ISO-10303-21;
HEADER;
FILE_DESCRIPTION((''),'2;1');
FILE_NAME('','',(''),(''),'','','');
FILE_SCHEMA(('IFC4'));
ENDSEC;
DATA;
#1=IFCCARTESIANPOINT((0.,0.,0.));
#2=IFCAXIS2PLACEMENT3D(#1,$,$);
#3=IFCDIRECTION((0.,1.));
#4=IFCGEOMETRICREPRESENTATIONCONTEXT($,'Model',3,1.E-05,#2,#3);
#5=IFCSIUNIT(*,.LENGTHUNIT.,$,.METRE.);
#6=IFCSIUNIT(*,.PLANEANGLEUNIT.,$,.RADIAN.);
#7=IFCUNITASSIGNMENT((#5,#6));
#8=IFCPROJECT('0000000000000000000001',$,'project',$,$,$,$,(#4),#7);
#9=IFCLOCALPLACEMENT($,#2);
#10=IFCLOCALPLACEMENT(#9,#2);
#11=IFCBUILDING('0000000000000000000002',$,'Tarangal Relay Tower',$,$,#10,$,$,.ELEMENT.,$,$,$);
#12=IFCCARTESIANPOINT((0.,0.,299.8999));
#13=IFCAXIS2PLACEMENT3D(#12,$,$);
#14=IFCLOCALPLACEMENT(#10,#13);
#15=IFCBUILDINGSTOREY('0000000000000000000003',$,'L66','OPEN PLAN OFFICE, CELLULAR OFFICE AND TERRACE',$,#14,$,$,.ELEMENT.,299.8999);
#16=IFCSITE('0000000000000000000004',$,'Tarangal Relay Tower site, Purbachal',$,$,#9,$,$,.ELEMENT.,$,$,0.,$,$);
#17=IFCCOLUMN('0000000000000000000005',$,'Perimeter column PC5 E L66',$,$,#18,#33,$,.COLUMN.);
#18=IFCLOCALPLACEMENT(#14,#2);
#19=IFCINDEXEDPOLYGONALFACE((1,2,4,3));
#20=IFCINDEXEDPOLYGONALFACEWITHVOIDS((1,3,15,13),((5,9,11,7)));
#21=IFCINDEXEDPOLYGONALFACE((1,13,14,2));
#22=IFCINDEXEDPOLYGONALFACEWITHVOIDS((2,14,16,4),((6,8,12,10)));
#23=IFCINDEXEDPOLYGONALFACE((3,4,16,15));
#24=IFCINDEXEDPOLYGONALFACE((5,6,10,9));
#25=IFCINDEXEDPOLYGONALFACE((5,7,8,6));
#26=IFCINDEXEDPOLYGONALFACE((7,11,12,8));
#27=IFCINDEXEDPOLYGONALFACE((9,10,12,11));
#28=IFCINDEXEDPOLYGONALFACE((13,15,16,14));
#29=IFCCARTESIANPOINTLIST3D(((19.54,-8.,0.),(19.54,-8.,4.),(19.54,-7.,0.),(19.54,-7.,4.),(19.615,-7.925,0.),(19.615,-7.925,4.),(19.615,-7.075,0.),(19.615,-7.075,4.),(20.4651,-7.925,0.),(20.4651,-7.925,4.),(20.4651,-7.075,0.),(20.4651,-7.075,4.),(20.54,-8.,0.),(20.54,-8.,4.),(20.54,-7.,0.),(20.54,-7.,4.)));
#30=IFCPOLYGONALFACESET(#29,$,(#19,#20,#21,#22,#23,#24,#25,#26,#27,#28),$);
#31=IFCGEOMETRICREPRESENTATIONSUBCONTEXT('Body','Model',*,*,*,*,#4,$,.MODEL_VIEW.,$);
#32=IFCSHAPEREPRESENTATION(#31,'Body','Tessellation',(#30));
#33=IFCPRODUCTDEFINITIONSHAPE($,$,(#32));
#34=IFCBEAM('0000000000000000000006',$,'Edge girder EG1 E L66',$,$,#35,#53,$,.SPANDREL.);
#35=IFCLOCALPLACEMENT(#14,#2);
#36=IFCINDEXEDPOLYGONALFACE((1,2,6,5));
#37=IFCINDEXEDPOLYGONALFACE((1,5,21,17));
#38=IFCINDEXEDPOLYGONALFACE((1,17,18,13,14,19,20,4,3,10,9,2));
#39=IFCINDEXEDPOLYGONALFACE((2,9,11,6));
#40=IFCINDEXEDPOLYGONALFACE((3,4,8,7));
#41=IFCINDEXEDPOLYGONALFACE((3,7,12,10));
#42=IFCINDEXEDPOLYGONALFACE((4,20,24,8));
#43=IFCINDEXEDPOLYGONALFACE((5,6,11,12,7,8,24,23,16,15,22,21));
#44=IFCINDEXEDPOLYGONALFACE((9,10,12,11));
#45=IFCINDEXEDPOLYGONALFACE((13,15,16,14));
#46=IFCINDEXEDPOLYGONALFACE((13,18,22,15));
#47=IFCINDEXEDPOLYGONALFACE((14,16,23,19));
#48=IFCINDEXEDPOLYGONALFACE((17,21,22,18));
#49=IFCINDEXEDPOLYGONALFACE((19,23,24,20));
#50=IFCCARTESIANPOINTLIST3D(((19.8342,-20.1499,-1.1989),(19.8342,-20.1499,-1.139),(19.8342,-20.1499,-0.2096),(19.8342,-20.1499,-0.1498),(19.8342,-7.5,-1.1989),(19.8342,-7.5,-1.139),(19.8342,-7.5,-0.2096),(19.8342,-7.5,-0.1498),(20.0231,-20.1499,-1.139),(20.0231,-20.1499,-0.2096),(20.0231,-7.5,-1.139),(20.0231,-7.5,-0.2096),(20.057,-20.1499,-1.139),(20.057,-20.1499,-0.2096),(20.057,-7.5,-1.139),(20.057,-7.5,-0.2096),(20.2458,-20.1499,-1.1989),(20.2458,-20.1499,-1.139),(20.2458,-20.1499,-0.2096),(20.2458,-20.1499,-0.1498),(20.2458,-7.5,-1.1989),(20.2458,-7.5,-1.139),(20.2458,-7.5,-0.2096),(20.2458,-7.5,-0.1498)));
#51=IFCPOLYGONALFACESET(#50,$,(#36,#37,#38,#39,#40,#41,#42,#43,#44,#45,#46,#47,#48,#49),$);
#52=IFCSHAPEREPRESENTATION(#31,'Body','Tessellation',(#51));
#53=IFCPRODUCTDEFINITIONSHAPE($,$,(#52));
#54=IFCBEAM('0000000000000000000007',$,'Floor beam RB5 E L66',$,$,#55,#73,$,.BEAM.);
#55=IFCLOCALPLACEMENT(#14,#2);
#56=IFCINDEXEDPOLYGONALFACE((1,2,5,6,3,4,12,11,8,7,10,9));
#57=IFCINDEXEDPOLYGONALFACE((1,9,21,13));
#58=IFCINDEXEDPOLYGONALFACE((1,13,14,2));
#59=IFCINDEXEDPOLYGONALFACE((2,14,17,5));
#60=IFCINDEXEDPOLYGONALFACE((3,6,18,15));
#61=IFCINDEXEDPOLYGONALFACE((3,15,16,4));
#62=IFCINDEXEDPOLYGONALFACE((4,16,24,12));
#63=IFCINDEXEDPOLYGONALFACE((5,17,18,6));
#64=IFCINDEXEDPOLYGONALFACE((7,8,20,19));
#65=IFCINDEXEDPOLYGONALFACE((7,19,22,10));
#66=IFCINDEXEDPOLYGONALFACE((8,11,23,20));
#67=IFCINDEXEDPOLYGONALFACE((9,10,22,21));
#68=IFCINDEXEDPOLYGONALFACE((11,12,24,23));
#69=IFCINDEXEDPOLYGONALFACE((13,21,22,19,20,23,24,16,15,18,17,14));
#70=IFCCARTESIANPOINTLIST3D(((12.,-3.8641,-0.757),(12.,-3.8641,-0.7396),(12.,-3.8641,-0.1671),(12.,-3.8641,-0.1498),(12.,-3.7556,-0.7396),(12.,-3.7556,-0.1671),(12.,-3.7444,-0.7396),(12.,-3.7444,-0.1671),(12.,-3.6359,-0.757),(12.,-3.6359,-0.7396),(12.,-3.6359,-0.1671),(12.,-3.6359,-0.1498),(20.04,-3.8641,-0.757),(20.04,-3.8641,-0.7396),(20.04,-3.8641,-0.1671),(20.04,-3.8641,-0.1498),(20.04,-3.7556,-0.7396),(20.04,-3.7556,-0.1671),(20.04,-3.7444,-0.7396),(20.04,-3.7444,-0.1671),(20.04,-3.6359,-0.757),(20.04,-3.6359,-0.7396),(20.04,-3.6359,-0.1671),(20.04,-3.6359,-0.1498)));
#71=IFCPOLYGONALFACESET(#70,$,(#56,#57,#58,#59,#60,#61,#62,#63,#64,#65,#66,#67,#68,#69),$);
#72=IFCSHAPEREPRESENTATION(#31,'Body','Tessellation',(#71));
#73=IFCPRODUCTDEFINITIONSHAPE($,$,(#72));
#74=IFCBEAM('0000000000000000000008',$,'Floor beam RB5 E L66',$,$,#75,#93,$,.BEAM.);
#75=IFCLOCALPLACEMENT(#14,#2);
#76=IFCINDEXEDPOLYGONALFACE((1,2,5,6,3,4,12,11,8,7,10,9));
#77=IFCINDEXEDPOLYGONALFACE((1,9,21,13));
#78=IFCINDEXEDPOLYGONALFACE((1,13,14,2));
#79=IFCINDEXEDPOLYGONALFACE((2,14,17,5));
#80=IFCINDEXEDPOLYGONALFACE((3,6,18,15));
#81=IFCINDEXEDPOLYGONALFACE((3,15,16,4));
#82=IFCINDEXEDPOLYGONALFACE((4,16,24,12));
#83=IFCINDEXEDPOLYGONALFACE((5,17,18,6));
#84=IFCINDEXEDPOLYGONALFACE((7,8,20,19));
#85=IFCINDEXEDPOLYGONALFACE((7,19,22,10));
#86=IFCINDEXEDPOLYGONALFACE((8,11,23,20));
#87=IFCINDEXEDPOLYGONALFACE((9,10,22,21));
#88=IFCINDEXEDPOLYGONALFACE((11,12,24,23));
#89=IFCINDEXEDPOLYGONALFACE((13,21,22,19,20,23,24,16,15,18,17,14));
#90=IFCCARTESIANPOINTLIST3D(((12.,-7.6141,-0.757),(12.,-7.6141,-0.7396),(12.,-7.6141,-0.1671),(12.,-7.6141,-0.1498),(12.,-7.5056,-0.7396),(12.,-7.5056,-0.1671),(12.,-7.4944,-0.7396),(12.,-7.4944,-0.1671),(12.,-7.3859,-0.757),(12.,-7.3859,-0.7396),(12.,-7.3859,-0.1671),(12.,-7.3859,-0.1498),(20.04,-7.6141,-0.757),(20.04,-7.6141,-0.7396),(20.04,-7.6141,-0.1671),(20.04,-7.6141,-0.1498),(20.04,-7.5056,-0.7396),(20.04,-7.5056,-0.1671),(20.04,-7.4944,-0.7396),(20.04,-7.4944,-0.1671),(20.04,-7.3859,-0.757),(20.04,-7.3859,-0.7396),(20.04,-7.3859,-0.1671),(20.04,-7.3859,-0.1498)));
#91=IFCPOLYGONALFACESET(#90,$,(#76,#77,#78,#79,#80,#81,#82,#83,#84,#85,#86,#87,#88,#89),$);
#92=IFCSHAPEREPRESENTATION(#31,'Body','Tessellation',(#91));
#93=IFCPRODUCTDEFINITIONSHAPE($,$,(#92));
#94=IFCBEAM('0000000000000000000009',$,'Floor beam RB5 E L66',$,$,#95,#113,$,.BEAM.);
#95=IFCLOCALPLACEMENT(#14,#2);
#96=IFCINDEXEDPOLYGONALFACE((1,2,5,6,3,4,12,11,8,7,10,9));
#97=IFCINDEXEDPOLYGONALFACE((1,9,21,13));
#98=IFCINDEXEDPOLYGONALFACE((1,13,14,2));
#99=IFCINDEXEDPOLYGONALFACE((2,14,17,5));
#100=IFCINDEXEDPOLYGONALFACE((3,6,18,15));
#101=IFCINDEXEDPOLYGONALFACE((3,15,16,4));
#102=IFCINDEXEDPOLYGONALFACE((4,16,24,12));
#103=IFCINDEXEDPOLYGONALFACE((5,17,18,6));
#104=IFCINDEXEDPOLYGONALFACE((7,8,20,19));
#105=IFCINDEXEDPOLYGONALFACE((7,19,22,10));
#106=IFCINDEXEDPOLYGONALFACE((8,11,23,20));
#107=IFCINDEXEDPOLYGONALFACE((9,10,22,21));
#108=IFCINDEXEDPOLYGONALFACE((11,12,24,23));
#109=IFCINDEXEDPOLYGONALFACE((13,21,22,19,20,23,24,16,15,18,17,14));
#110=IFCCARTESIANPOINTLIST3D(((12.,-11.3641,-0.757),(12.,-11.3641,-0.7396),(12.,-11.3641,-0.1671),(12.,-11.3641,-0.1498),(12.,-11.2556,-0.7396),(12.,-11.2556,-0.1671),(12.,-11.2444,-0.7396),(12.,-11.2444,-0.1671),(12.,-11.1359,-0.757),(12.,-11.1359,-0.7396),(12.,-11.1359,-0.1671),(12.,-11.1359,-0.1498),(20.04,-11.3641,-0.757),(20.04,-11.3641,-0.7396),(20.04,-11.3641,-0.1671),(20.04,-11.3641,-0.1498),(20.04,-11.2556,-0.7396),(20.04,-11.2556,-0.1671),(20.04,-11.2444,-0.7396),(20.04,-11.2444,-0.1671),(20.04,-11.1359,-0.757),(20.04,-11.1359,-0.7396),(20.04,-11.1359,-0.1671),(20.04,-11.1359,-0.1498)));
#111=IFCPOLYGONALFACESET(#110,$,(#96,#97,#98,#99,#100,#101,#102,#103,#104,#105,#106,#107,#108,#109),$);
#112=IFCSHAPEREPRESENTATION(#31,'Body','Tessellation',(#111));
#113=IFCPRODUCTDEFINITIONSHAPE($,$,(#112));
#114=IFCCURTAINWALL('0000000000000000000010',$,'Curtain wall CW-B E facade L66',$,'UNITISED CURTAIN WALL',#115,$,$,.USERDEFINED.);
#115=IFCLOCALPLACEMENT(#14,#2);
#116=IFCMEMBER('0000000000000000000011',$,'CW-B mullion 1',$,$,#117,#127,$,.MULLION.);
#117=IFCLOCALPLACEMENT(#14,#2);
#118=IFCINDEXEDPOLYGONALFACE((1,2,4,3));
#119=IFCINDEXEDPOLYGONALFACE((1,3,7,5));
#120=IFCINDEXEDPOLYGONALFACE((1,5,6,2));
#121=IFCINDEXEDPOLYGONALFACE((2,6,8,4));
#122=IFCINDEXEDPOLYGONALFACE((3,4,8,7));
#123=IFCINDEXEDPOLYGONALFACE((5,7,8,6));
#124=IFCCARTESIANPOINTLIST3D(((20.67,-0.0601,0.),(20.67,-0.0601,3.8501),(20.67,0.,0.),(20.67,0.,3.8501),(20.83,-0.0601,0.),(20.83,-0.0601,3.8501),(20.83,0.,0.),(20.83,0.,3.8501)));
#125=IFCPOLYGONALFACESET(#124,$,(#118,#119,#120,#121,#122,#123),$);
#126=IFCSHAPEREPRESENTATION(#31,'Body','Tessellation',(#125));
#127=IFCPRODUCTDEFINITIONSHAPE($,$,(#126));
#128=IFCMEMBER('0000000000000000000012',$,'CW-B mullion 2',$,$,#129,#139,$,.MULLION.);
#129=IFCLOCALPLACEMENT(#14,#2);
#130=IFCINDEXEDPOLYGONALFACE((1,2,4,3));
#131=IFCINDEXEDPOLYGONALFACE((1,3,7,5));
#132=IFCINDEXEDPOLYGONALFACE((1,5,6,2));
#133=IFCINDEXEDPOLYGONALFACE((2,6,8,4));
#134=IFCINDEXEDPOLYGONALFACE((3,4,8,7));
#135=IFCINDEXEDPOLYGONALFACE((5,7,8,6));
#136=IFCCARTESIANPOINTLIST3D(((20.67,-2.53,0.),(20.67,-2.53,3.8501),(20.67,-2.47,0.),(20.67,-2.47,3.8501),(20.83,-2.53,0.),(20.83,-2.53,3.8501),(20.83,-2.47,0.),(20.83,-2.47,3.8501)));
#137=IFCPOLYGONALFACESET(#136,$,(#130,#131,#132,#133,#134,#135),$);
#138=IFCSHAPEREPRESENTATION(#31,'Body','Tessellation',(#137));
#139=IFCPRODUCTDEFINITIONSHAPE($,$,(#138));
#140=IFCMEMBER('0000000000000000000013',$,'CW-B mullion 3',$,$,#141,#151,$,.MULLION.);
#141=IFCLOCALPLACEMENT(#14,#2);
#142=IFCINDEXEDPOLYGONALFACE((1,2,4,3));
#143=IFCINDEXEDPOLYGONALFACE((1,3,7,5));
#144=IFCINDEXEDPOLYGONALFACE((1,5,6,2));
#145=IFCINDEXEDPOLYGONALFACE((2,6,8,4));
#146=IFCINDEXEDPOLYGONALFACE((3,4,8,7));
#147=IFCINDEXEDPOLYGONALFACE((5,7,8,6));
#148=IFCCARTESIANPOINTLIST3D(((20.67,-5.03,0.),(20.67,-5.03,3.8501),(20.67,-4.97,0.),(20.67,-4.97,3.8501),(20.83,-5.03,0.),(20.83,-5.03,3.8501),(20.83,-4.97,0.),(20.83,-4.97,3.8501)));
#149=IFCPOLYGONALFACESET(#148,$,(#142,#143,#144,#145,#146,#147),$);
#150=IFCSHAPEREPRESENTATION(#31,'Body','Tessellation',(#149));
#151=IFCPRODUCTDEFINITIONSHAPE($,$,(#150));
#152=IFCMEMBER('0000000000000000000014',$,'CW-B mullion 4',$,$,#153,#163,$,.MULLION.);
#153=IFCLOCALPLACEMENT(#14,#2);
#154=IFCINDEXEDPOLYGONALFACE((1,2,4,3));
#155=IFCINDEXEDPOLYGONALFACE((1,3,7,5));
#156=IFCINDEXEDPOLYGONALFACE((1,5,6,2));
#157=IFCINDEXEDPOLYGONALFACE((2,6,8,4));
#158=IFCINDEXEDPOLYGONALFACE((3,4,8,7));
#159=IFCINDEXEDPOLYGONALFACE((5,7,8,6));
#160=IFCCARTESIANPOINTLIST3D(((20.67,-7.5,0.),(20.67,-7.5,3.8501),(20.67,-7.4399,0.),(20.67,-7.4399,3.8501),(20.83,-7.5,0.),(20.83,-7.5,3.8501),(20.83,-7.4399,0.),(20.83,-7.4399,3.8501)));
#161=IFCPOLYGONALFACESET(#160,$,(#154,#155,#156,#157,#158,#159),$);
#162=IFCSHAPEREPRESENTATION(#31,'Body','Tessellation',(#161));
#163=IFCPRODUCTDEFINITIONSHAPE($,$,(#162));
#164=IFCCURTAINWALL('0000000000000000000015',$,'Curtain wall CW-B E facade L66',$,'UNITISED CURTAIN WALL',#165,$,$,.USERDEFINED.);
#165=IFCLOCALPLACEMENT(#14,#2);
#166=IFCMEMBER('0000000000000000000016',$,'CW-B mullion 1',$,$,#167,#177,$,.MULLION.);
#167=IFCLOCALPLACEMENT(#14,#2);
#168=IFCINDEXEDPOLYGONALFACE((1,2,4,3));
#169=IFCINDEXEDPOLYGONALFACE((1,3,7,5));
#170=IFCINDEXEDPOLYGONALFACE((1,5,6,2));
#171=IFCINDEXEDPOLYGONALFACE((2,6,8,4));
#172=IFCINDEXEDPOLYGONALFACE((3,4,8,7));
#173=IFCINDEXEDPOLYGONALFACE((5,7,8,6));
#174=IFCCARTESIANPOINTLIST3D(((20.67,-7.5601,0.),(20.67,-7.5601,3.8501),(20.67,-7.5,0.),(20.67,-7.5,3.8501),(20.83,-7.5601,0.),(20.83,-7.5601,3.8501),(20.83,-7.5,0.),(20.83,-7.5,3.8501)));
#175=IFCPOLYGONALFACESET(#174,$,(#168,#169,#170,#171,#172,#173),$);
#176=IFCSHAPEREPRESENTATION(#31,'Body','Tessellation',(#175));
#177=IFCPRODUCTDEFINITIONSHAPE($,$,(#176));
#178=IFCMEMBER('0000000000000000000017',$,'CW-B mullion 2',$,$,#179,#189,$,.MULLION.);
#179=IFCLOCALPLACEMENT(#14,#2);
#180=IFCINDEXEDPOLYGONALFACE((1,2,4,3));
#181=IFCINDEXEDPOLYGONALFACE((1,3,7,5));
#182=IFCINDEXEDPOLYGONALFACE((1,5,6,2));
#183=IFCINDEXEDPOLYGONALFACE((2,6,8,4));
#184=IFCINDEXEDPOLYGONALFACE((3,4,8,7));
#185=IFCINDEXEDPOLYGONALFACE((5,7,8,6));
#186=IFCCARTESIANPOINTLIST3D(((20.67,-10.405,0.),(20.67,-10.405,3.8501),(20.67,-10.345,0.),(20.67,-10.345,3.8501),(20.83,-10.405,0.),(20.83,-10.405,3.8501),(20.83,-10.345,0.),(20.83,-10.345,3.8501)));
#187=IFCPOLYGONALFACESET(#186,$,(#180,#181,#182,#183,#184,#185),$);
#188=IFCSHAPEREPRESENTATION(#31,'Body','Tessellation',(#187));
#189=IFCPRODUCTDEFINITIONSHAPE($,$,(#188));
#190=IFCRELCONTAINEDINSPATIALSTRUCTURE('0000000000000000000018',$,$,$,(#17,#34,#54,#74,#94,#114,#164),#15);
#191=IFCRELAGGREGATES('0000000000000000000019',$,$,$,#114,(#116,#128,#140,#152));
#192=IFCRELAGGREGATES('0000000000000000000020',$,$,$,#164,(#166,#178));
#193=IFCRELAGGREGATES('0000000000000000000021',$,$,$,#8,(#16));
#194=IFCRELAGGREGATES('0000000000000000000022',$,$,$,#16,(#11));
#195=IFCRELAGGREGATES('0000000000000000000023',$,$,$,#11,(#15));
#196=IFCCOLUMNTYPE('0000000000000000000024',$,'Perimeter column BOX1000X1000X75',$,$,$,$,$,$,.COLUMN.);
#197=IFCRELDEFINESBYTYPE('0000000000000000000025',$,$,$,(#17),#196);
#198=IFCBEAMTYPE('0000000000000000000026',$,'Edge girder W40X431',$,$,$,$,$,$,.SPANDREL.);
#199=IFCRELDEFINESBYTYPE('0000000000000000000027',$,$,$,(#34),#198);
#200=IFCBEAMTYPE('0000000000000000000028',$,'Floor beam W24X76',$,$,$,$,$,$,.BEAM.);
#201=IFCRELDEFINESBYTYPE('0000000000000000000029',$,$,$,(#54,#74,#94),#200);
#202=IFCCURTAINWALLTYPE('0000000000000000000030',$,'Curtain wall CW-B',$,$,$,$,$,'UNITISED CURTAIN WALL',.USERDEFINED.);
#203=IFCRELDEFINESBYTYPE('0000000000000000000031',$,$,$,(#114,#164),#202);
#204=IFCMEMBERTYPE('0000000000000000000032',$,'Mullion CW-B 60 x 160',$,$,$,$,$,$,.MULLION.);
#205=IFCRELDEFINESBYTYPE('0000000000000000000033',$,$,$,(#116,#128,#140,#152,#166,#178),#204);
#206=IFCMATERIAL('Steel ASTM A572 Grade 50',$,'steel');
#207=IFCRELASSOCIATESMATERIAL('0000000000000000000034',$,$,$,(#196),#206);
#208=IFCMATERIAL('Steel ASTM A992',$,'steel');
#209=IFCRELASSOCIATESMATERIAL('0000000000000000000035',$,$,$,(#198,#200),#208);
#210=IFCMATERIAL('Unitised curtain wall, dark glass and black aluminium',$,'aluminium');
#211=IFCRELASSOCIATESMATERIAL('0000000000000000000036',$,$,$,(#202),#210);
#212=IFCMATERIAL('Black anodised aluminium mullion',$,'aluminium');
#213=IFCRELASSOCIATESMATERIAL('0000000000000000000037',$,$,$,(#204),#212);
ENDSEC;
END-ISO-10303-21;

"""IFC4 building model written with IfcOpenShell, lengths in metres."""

from ifc_helpers import new_model, si_unit, direction, frame, origin, origin_2d, place, context, subcontext, project, spatial, rectangle, hollow_rectangle, i_section, extrude, material, material_profile, profile_set, type_object, element, aggregate, save


model = new_model("IFC4")

# Units and contexts
model_context = context("Model", 3, precision=1e-05, world=origin(), true_north=direction((0.0, 1.0)))
body_context = subcontext(model_context, "Body", "Model", "MODEL_VIEW")
ifc_project = project(units=[si_unit("LENGTHUNIT", "METRE"), si_unit("PLANEANGLEUNIT", "RADIAN")], contexts=[model_context])

# Site, building, storey
site_placement = place(None, origin())
site = spatial("IfcSite", under=ifc_project, at=site_placement, Name="Tarangal Relay Tower site, Purbachal", CompositionType="ELEMENT", RefElevation=0.0)
building_placement = place(site_placement, origin())
building = spatial("IfcBuilding", under=site, at=building_placement, Name="Tarangal Relay Tower", CompositionType="ELEMENT")
storey_placement = place(building_placement, frame((0.0, 0.0, 299.8999)))
storey = spatial("IfcBuildingStorey", under=building, at=storey_placement, Name="L66", Description="OPEN PLAN OFFICE, CELLULAR OFFICE AND TERRACE", CompositionType="ELEMENT", Elevation=299.8999)

# Column
ifc_material_1 = material(Name="Steel ASTM A572 Grade 50", Category="steel")
ifc_material_profile_1 = material_profile(ifc_material_1, hollow_rectangle(XDim=1.0, YDim=1.0, WallThickness=0.075, at=origin_2d()), Name="BOX1000X1000X75")
ifc_profile_set_1 = profile_set([ifc_material_profile_1], Name="Steel ASTM A572 Grade 50")
column_type = type_object("IfcColumnType", Name="Perimeter column BOX1000X1000X75", PredefinedType="COLUMN", material=ifc_profile_set_1)
column_placement = place(storey_placement, frame((20.04, -7.5, 0.0), z_axis=(0.0, 0.0, 1.0), x_axis=(1.0, 0.0, 0.0)))
element("IfcColumn", 1, at=column_placement, inside=storey, type_object=column_type, Name="Perimeter column PC5 E L66", PredefinedType="COLUMN", context=body_context, shape_type="SweptSolid", body=[
    extrude(hollow_rectangle(XDim=1.0, YDim=1.0, WallThickness=0.075, at=origin_2d()), origin(), (0.0, 0.0, 1.0), 4.0),
])

# Beams
ifc_material_2 = material(Name="Steel ASTM A992", Category="steel")
ifc_material_profile_2 = material_profile(ifc_material_2, i_section(OverallWidth=0.4116, OverallDepth=1.0491, WebThickness=0.0339, FlangeThickness=0.0598, at=origin_2d()), Name="W40X431")
ifc_profile_set_2 = profile_set([ifc_material_profile_2], Name="Steel ASTM A992")
beam_type_1 = type_object("IfcBeamType", Name="Edge girder W40X431", PredefinedType="SPANDREL", material=ifc_profile_set_2)
beam_placement = place(storey_placement, frame((20.04, -7.5, -0.6743), z_axis=(0.0, -1.0, 0.0), x_axis=(1.0, 0.0, 0.0)))
element("IfcBeam", 2, at=beam_placement, inside=storey, type_object=beam_type_1, Name="Edge girder EG1 E L66", PredefinedType="SPANDREL", context=body_context, shape_type="SweptSolid", body=[
    extrude(i_section(OverallWidth=0.4116, OverallDepth=1.0491, WebThickness=0.0339, FlangeThickness=0.0598, at=origin_2d()), origin(), (0.0, 0.0, 1.0), 12.6499),
])
ifc_material_profile_3 = material_profile(ifc_material_2, i_section(OverallWidth=0.2283, OverallDepth=0.6072, WebThickness=0.0112, FlangeThickness=0.0173, at=origin_2d()), Name="W24X76")
ifc_profile_set_3 = profile_set([ifc_material_profile_3], Name="Steel ASTM A992")
beam_type_2 = type_object("IfcBeamType", Name="Floor beam W24X76", PredefinedType="BEAM", material=ifc_profile_set_3)
for number, where, z_axis, x_axis, name in (
    (3, (12.0, -3.75, -0.4534), (1.0, 0.0, 0.0), (0.0, 1.0, 0.0), "Floor beam RB5 E L66"),
    (4, (12.0, -7.5, -0.4534), (1.0, 0.0, 0.0), (0.0, 1.0, 0.0), "Floor beam RB5 E L66"),
    (5, (12.0, -11.25, -0.4534), (1.0, 0.0, 0.0), (0.0, 1.0, 0.0), "Floor beam RB5 E L66"),
):
    element("IfcBeam", number, at=place(storey_placement, frame(where, z_axis=z_axis, x_axis=x_axis)), inside=storey, type_object=beam_type_2, Name=name, PredefinedType="BEAM", context=body_context, shape_type="SweptSolid", body=[
        extrude(i_section(OverallWidth=0.2283, OverallDepth=0.6072, WebThickness=0.0112, FlangeThickness=0.0173, at=origin_2d()), origin(), (0.0, 0.0, 1.0), 8.04),
    ])

# Curtain walls, members
ifc_material_3 = material(Name="Unitised curtain wall, dark glass and black aluminium", Category="aluminium")
curtain_wall_type = type_object("IfcCurtainWallType", Name="Curtain wall CW-B", ElementType="UNITISED CURTAIN WALL", PredefinedType="USERDEFINED", material=ifc_material_3)
curtain_wall_1_placement = place(storey_placement, origin())
curtain_wall_1 = element("IfcCurtainWall", 6, at=curtain_wall_1_placement, inside=storey, type_object=curtain_wall_type, Name="Curtain wall CW-B E facade L66", ObjectType="UNITISED CURTAIN WALL", PredefinedType="USERDEFINED")
ifc_material_4 = material(Name="Black anodised aluminium mullion", Category="aluminium")
ifc_material_profile_4 = material_profile(ifc_material_4, rectangle(XDim=0.1599, YDim=0.0601, at=origin_2d()), Name="CW-BM 60X160")
ifc_profile_set_4 = profile_set([ifc_material_profile_4], Name="Black anodised aluminium mullion")
member_type_1 = type_object("IfcMemberType", Name="Mullion CW-B 60 x 160", PredefinedType="MULLION", material=ifc_profile_set_4)
member_1_placement = place(storey_placement, frame((20.75, -0.03, 0.0), z_axis=(0.0, 0.0, 1.0), x_axis=(1.0, 0.0, 0.0)))
member_1 = element("IfcMember", 7, at=member_1_placement, type_object=member_type_1, Name="CW-B mullion 1", PredefinedType="MULLION", context=body_context, shape_type="SweptSolid", body=[
    extrude(rectangle(XDim=0.1599, YDim=0.0601, at=origin_2d()), origin(), (0.0, 0.0, 1.0), 3.8501),
])
member_2_placement = place(storey_placement, frame((20.75, -2.5, 0.0), z_axis=(0.0, 0.0, 1.0), x_axis=(1.0, 0.0, 0.0)))
member_2 = element("IfcMember", 8, at=member_2_placement, type_object=member_type_1, Name="CW-B mullion 2", PredefinedType="MULLION", context=body_context, shape_type="SweptSolid", body=[
    extrude(rectangle(XDim=0.1599, YDim=0.0601, at=origin_2d()), origin(), (0.0, 0.0, 1.0), 3.8501),
])
member_3_placement = place(storey_placement, frame((20.75, -5.0, 0.0), z_axis=(0.0, 0.0, 1.0), x_axis=(1.0, 0.0, 0.0)))
member_3 = element("IfcMember", 9, at=member_3_placement, type_object=member_type_1, Name="CW-B mullion 3", PredefinedType="MULLION", context=body_context, shape_type="SweptSolid", body=[
    extrude(rectangle(XDim=0.1599, YDim=0.0601, at=origin_2d()), origin(), (0.0, 0.0, 1.0), 3.8501),
])
member_4_placement = place(storey_placement, frame((20.75, -7.47, 0.0), z_axis=(0.0, 0.0, 1.0), x_axis=(1.0, 0.0, 0.0)))
member_4 = element("IfcMember", 10, at=member_4_placement, type_object=member_type_1, Name="CW-B mullion 4", PredefinedType="MULLION", context=body_context, shape_type="SweptSolid", body=[
    extrude(rectangle(XDim=0.1599, YDim=0.0601, at=origin_2d()), origin(), (0.0, 0.0, 1.0), 3.8501),
])
curtain_wall_2_placement = place(storey_placement, origin())
curtain_wall_2 = element("IfcCurtainWall", 11, at=curtain_wall_2_placement, inside=storey, type_object=curtain_wall_type, Name="Curtain wall CW-B E facade L66", ObjectType="UNITISED CURTAIN WALL", PredefinedType="USERDEFINED")
member_5_placement = place(storey_placement, frame((20.75, -7.53, 0.0), z_axis=(0.0, 0.0, 1.0), x_axis=(1.0, 0.0, 0.0)))
member_5 = element("IfcMember", 12, at=member_5_placement, type_object=member_type_1, Name="CW-B mullion 1", PredefinedType="MULLION", context=body_context, shape_type="SweptSolid", body=[
    extrude(rectangle(XDim=0.1599, YDim=0.0601, at=origin_2d()), origin(), (0.0, 0.0, 1.0), 3.8501),
])
member_6_placement = place(storey_placement, frame((20.75, -10.375, 0.0), z_axis=(0.0, 0.0, 1.0), x_axis=(1.0, 0.0, 0.0)))
member_6 = element("IfcMember", 13, at=member_6_placement, type_object=member_type_1, Name="CW-B mullion 2", PredefinedType="MULLION", context=body_context, shape_type="SweptSolid", body=[
    extrude(rectangle(XDim=0.1599, YDim=0.0601, at=origin_2d()), origin(), (0.0, 0.0, 1.0), 3.8501),
])

aggregate(curtain_wall_1, [member_1, member_2, member_3, member_4])
aggregate(curtain_wall_2, [member_5, member_6])

save(model, "model.ifc")
